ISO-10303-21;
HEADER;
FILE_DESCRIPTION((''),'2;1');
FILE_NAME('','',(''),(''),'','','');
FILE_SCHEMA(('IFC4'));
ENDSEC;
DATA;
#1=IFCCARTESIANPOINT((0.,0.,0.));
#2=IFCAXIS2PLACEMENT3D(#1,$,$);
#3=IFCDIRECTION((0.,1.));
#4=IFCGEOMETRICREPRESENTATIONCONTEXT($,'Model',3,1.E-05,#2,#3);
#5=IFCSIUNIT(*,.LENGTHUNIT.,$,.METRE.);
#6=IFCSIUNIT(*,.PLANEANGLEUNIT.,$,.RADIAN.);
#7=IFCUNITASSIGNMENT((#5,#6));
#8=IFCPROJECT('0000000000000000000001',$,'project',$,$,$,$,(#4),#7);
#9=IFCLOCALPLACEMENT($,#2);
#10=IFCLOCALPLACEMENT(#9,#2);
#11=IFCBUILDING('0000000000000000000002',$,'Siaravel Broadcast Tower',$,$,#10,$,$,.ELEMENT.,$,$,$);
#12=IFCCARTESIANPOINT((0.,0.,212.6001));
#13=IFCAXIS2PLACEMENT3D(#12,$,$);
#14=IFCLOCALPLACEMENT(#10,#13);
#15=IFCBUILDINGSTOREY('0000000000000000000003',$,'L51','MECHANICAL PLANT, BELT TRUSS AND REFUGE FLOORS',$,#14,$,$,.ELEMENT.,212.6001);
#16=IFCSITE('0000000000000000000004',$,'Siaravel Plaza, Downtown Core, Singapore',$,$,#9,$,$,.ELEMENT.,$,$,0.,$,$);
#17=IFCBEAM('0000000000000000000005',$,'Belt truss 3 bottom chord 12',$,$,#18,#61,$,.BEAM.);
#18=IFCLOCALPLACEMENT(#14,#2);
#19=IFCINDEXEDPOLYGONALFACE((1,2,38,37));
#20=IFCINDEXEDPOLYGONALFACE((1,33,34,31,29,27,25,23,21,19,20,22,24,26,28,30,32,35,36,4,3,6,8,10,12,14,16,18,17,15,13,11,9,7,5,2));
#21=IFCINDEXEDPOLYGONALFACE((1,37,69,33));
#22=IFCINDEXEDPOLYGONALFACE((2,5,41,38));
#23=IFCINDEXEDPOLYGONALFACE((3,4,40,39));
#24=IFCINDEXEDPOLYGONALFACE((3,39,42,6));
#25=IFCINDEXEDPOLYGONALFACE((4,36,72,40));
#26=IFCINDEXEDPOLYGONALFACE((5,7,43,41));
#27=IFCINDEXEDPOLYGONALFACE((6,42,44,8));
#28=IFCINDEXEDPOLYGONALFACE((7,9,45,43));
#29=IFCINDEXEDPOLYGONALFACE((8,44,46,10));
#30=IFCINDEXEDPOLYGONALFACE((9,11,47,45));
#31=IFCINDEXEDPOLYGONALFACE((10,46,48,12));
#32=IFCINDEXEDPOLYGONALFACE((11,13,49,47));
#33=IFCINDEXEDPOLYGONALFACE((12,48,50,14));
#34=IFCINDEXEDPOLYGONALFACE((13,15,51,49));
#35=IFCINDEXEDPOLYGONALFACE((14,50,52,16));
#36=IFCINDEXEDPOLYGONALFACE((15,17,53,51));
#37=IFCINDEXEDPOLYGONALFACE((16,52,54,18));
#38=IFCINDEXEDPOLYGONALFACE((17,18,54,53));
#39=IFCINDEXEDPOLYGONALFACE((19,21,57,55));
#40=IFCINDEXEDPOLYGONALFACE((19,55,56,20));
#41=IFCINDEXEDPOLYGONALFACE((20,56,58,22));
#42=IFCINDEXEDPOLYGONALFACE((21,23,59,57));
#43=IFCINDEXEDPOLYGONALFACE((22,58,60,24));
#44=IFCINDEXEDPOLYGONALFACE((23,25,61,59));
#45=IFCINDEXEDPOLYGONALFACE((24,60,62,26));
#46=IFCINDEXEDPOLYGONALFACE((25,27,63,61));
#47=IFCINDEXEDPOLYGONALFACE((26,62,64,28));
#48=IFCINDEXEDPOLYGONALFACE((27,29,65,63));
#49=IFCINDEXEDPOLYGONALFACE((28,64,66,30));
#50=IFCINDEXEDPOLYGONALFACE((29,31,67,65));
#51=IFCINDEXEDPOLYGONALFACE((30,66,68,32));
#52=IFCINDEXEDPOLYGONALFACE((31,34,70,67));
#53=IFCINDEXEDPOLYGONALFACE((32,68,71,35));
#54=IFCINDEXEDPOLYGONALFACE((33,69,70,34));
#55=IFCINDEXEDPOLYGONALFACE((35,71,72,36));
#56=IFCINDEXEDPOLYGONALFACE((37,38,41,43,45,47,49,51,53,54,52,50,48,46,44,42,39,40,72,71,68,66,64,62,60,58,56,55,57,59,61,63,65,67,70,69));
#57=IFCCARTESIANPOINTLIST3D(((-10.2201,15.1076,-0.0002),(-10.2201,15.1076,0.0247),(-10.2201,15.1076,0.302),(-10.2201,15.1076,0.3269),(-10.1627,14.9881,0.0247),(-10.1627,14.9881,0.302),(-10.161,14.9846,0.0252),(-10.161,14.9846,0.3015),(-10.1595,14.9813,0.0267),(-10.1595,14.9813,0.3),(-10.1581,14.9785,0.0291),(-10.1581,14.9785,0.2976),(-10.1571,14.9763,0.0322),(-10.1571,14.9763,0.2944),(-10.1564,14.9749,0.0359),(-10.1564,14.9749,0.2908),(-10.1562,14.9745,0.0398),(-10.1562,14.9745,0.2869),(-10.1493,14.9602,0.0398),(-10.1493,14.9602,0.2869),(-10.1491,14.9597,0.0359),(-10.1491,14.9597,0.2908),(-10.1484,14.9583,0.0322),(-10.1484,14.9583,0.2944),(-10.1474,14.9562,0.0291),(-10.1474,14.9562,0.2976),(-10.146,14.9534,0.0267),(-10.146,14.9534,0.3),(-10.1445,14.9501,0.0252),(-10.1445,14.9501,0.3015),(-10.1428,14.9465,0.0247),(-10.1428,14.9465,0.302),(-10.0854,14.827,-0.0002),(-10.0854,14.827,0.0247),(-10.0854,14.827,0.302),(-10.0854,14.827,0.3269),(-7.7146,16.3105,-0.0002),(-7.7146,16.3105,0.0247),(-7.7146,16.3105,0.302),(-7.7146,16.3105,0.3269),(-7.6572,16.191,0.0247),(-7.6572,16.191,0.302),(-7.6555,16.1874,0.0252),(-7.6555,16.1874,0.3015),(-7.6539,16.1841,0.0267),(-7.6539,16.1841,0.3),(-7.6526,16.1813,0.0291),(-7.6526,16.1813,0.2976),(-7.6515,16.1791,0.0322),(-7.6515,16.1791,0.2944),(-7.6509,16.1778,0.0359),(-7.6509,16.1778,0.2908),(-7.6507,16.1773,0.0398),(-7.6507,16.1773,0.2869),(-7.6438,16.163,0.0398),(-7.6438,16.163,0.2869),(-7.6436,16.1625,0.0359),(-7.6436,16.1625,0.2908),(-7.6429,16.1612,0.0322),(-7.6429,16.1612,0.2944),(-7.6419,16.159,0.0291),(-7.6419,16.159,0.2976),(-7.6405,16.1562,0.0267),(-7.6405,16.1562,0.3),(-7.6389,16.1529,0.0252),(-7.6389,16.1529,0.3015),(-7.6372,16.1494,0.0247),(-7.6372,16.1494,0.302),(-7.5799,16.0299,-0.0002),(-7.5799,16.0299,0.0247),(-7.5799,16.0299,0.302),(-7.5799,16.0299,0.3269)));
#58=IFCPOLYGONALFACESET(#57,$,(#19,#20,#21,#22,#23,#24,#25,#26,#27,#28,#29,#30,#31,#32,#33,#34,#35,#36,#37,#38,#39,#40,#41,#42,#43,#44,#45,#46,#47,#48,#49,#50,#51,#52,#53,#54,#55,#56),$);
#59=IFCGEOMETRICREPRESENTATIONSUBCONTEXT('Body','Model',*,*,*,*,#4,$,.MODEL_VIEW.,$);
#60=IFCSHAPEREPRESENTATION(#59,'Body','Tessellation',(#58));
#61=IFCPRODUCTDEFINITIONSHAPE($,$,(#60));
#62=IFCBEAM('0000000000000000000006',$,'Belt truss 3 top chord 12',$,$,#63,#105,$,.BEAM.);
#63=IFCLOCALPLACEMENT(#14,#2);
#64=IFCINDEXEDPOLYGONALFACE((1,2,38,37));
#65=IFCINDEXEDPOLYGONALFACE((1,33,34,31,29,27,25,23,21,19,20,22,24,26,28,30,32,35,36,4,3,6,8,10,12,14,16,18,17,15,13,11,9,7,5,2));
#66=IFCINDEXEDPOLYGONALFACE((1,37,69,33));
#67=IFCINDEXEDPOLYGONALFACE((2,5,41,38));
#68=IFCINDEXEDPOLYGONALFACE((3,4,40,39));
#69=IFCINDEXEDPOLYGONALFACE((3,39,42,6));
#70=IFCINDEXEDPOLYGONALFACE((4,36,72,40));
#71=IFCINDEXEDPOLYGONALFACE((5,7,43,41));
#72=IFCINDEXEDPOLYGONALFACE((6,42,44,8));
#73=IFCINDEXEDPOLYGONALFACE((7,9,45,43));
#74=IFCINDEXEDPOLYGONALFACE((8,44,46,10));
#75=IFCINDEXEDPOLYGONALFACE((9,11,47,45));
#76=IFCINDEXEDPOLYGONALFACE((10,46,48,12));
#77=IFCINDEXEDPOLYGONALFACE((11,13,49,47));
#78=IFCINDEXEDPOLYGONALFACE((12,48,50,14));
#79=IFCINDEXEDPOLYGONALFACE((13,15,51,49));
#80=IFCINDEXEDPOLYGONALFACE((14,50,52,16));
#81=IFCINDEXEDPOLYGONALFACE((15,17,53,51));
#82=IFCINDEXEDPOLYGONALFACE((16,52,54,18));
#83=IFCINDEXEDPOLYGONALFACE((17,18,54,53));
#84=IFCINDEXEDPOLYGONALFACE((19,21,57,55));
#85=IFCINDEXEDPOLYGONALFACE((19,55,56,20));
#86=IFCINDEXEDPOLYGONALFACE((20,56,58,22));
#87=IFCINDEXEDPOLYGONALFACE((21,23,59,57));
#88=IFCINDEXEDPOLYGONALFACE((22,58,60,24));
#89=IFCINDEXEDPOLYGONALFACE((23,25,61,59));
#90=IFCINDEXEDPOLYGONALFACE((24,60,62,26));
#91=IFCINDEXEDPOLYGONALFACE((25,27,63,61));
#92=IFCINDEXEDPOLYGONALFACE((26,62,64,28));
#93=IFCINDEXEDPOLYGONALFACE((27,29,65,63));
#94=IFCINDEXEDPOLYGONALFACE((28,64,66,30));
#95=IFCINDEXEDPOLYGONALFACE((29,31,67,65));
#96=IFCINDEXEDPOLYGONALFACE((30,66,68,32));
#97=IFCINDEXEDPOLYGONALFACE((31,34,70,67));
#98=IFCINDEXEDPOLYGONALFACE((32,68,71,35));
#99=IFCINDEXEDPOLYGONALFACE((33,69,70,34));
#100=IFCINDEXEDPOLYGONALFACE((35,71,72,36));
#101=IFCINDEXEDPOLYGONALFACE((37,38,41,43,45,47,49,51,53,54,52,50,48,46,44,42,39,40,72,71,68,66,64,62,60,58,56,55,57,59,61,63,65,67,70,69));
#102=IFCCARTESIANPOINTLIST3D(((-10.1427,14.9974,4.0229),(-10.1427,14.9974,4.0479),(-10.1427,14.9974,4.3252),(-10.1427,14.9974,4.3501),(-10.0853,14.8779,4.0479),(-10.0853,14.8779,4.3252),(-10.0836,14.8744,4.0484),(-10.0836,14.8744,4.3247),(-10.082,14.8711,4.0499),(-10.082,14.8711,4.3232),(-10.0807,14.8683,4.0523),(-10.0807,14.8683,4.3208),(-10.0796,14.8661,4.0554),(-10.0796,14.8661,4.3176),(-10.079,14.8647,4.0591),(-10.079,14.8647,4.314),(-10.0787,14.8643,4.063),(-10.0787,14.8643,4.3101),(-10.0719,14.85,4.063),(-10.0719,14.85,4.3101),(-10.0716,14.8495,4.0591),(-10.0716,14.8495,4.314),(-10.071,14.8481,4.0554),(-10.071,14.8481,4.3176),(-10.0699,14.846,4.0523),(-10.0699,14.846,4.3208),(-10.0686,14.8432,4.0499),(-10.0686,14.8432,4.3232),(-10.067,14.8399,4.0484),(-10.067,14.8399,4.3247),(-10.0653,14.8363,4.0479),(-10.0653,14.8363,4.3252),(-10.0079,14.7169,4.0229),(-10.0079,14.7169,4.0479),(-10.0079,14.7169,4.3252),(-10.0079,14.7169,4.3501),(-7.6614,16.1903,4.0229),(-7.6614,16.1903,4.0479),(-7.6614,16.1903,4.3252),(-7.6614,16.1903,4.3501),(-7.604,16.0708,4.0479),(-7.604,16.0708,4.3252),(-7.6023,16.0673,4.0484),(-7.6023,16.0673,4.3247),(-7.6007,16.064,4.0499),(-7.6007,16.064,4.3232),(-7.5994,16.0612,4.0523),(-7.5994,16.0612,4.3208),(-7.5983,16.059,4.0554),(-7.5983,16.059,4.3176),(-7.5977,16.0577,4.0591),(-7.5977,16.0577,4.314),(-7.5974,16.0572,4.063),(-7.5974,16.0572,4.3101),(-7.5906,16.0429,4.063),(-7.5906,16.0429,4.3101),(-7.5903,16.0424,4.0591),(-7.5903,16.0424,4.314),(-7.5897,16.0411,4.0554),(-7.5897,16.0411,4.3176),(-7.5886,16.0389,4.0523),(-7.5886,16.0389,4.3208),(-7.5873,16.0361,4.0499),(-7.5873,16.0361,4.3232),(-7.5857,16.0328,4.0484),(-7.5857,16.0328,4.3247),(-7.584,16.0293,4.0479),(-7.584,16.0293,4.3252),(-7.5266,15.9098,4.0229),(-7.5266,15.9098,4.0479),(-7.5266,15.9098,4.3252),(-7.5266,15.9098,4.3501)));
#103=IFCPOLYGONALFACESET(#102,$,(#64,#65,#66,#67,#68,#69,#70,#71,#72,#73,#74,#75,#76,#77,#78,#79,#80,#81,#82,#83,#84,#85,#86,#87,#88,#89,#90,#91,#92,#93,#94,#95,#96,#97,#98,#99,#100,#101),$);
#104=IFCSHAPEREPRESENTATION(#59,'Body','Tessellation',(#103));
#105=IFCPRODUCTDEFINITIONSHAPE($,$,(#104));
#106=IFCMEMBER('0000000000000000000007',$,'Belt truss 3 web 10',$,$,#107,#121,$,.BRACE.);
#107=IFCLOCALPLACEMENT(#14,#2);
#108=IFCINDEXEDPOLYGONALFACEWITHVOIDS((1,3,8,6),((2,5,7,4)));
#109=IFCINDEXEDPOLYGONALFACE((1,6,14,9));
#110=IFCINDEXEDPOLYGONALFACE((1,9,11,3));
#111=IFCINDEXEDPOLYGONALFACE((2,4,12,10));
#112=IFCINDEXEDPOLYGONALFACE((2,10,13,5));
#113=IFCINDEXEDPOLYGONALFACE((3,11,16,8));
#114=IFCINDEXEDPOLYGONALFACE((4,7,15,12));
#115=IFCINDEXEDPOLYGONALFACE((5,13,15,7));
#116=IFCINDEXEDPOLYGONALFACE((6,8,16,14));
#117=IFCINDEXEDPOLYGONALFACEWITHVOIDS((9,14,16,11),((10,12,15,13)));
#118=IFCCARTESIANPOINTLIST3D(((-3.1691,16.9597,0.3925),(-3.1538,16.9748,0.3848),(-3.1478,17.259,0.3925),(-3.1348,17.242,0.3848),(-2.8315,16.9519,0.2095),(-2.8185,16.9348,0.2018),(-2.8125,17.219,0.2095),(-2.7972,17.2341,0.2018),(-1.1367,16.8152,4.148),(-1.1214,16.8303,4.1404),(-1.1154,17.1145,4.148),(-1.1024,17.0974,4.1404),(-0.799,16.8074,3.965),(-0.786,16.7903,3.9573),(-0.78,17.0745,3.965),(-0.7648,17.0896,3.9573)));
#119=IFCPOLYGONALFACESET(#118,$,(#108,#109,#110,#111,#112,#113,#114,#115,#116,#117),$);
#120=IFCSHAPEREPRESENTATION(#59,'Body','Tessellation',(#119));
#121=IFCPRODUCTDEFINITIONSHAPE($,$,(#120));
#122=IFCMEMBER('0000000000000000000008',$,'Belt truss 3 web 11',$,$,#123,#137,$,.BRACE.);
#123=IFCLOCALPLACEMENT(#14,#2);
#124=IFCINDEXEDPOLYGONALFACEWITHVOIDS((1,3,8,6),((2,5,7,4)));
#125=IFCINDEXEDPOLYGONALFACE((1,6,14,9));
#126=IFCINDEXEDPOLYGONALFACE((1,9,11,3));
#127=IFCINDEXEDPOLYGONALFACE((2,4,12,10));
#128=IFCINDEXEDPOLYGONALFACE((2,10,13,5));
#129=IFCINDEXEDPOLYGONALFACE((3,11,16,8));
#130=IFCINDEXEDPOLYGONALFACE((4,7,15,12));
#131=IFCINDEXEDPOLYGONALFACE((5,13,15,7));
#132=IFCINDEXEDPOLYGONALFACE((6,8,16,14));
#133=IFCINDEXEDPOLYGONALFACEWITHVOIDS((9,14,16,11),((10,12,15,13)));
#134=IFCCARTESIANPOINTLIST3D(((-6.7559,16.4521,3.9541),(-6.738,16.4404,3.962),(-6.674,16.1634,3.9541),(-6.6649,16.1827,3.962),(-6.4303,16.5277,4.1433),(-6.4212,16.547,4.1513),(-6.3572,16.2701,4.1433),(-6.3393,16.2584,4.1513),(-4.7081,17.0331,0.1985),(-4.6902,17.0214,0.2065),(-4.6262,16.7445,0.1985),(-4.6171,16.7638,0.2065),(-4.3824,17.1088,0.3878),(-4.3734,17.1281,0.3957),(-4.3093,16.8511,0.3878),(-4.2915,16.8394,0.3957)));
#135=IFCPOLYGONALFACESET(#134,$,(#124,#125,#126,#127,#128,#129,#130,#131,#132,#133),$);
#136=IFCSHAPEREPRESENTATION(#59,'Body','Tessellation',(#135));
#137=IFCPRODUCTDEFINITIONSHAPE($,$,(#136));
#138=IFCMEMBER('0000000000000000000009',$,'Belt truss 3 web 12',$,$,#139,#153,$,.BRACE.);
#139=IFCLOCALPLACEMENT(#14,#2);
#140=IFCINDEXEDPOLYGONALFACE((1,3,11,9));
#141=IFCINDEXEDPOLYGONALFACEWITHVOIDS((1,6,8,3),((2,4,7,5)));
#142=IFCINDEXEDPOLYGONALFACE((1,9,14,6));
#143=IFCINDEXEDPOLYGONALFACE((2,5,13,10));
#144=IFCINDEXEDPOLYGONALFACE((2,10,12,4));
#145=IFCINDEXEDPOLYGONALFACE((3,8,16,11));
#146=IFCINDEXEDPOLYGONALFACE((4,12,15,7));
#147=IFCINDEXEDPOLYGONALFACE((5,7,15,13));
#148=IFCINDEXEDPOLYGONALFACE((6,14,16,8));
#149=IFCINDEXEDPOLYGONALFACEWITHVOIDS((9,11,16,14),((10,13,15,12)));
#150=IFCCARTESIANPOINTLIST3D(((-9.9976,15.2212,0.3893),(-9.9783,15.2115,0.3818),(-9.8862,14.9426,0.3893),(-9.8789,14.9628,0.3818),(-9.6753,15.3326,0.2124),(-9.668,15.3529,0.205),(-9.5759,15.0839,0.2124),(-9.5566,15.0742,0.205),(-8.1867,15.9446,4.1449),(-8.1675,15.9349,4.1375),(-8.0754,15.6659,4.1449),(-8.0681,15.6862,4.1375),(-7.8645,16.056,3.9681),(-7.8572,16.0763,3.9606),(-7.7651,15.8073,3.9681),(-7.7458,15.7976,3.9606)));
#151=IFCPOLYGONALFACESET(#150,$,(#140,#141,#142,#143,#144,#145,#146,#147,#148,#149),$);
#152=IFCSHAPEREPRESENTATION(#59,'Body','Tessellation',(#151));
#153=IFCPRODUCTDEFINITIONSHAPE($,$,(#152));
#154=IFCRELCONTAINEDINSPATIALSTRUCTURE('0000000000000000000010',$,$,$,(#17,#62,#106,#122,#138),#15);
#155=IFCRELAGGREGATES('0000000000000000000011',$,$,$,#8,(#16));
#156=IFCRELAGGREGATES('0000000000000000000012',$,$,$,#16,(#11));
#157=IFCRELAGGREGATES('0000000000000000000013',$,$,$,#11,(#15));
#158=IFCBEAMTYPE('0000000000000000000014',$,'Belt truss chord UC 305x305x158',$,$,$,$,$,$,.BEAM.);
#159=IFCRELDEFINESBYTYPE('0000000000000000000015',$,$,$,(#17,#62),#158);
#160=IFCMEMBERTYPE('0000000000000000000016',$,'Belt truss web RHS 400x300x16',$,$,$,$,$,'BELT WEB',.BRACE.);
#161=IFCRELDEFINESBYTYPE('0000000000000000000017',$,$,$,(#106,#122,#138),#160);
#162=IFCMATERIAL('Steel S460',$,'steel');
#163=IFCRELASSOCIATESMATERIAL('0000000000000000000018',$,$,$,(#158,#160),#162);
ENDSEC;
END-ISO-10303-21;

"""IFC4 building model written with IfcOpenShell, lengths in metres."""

from ifc_helpers import new_model, si_unit, direction, frame, origin, origin_2d, place, context, subcontext, project, spatial, hollow_rectangle, i_section, extrude, material, material_profile, profile_set, type_object, element, save


model = new_model("IFC4")

# Units and contexts
model_context = context("Model", 3, precision=1e-05, world=origin(), true_north=direction((0.0, 1.0)))
body_context = subcontext(model_context, "Body", "Model", "MODEL_VIEW")
ifc_project = project(units=[si_unit("LENGTHUNIT", "METRE"), si_unit("PLANEANGLEUNIT", "RADIAN")], contexts=[model_context])

# Site, building, storey
site_placement = place(None, origin())
site = spatial("IfcSite", under=ifc_project, at=site_placement, Name="Siaravel Plaza, Downtown Core, Singapore", CompositionType="ELEMENT", RefElevation=0.0)
building_placement = place(site_placement, origin())
building = spatial("IfcBuilding", under=site, at=building_placement, Name="Siaravel Broadcast Tower", CompositionType="ELEMENT")
storey_placement = place(building_placement, frame((0.0, 0.0, 212.6001)))
storey = spatial("IfcBuildingStorey", under=building, at=storey_placement, Name="L51", Description="MECHANICAL PLANT, BELT TRUSS AND REFUGE FLOORS", CompositionType="ELEMENT", Elevation=212.6001)

# Beams
ifc_material_1 = material(Name="Steel S460", Category="steel")
ifc_material_profile_1 = material_profile(ifc_material_1, i_section(OverallWidth=0.3113, OverallDepth=0.3271, WebThickness=0.0159, FlangeThickness=0.0249, FilletRadius=0.0151, at=origin_2d()))
ifc_profile_set_1 = profile_set([ifc_material_profile_1], Name="Steel S460")
beam_type_1 = type_object("IfcBeamType", Name="Belt truss chord UC 305x305x158", PredefinedType="BEAM", material=ifc_profile_set_1)
beam_1_placement = place(storey_placement, frame((-7.6472, 16.1702, 0.1633), z_axis=(-0.901497, -0.432785, 0.0), x_axis=(0.432785, -0.901497, 0.0)))
element("IfcBeam", 1, at=beam_1_placement, inside=storey, type_object=beam_type_1, Name="Belt truss 3 bottom chord 12", PredefinedType="BEAM", context=body_context, shape_type="SweptSolid", body=[
    extrude(i_section(OverallWidth=0.3113, OverallDepth=0.3271, WebThickness=0.0159, FlangeThickness=0.0249, FilletRadius=0.0151, at=origin_2d()), origin(), (0.0, 0.0, 1.0), 2.7793),
])
beam_2_placement = place(storey_placement, frame((-7.594, 16.05, 4.1865), z_axis=(-0.901254, -0.43329, 0.0), x_axis=(0.43329, -0.901254, 0.0)))
element("IfcBeam", 2, at=beam_2_placement, inside=storey, type_object=beam_type_1, Name="Belt truss 3 top chord 12", PredefinedType="BEAM", context=body_context, shape_type="SweptSolid", body=[
    extrude(i_section(OverallWidth=0.3113, OverallDepth=0.3271, WebThickness=0.0159, FlangeThickness=0.0249, FilletRadius=0.0151, at=origin_2d()), origin(), (0.0, 0.0, 1.0), 2.7532),
])

# Members
ifc_material_profile_2 = material_profile(ifc_material_1, hollow_rectangle(XDim=0.3, YDim=0.3999, WallThickness=0.0161, at=origin_2d()))
ifc_profile_set_2 = profile_set([ifc_material_profile_2], Name="Steel S460")
member_type_1 = type_object("IfcMemberType", Name="Belt truss web RHS 400x300x16", ElementType="BELT WEB", PredefinedType="BRACE", material=ifc_profile_set_2)
member_1_placement = place(storey_placement, frame((-2.9832, 17.0969, 0.2971), z_axis=(0.475681, -0.033826, 0.878967), x_axis=(0.070932, 0.997481, 0.0)))
element("IfcMember", 3, at=member_1_placement, inside=storey, type_object=member_type_1, Name="Belt truss 3 web 10", PredefinedType="BRACE", context=body_context, shape_type="SweptSolid", body=[
    extrude(hollow_rectangle(XDim=0.3, YDim=0.3999, WallThickness=0.0161, at=origin_2d()), origin(), (0.0, 0.0, 1.0), 4.2727),
])
member_2_placement = place(storey_placement, frame((-4.4998, 16.9363, 0.2971), z_axis=(-0.474376, -0.134599, 0.869972), x_axis=(0.272964, -0.962024, 0.0)))
element("IfcMember", 4, at=member_2_placement, inside=storey, type_object=member_type_1, Name="Belt truss 3 web 11", PredefinedType="BRACE", context=body_context, shape_type="SweptSolid", body=[
    extrude(hollow_rectangle(XDim=0.3, YDim=0.3999, WallThickness=0.0161, at=origin_2d()), origin(), (0.0, 0.0, 1.0), 4.3169),
])
member_3_placement = place(storey_placement, frame((-9.7771, 15.1477, 0.2971), z_axis=(0.427916, 0.170947, 0.887505), x_axis=(-0.37098, 0.928641, 0.0)))
element("IfcMember", 5, at=member_3_placement, inside=storey, type_object=member_type_1, Name="Belt truss 3 web 12", PredefinedType="BRACE", context=body_context, shape_type="SweptSolid", body=[
    extrude(hollow_rectangle(XDim=0.3, YDim=0.3999, WallThickness=0.0161, at=origin_2d()), origin(), (0.0, 0.0, 1.0), 4.2317),
])

save(model, "model.ifc")
